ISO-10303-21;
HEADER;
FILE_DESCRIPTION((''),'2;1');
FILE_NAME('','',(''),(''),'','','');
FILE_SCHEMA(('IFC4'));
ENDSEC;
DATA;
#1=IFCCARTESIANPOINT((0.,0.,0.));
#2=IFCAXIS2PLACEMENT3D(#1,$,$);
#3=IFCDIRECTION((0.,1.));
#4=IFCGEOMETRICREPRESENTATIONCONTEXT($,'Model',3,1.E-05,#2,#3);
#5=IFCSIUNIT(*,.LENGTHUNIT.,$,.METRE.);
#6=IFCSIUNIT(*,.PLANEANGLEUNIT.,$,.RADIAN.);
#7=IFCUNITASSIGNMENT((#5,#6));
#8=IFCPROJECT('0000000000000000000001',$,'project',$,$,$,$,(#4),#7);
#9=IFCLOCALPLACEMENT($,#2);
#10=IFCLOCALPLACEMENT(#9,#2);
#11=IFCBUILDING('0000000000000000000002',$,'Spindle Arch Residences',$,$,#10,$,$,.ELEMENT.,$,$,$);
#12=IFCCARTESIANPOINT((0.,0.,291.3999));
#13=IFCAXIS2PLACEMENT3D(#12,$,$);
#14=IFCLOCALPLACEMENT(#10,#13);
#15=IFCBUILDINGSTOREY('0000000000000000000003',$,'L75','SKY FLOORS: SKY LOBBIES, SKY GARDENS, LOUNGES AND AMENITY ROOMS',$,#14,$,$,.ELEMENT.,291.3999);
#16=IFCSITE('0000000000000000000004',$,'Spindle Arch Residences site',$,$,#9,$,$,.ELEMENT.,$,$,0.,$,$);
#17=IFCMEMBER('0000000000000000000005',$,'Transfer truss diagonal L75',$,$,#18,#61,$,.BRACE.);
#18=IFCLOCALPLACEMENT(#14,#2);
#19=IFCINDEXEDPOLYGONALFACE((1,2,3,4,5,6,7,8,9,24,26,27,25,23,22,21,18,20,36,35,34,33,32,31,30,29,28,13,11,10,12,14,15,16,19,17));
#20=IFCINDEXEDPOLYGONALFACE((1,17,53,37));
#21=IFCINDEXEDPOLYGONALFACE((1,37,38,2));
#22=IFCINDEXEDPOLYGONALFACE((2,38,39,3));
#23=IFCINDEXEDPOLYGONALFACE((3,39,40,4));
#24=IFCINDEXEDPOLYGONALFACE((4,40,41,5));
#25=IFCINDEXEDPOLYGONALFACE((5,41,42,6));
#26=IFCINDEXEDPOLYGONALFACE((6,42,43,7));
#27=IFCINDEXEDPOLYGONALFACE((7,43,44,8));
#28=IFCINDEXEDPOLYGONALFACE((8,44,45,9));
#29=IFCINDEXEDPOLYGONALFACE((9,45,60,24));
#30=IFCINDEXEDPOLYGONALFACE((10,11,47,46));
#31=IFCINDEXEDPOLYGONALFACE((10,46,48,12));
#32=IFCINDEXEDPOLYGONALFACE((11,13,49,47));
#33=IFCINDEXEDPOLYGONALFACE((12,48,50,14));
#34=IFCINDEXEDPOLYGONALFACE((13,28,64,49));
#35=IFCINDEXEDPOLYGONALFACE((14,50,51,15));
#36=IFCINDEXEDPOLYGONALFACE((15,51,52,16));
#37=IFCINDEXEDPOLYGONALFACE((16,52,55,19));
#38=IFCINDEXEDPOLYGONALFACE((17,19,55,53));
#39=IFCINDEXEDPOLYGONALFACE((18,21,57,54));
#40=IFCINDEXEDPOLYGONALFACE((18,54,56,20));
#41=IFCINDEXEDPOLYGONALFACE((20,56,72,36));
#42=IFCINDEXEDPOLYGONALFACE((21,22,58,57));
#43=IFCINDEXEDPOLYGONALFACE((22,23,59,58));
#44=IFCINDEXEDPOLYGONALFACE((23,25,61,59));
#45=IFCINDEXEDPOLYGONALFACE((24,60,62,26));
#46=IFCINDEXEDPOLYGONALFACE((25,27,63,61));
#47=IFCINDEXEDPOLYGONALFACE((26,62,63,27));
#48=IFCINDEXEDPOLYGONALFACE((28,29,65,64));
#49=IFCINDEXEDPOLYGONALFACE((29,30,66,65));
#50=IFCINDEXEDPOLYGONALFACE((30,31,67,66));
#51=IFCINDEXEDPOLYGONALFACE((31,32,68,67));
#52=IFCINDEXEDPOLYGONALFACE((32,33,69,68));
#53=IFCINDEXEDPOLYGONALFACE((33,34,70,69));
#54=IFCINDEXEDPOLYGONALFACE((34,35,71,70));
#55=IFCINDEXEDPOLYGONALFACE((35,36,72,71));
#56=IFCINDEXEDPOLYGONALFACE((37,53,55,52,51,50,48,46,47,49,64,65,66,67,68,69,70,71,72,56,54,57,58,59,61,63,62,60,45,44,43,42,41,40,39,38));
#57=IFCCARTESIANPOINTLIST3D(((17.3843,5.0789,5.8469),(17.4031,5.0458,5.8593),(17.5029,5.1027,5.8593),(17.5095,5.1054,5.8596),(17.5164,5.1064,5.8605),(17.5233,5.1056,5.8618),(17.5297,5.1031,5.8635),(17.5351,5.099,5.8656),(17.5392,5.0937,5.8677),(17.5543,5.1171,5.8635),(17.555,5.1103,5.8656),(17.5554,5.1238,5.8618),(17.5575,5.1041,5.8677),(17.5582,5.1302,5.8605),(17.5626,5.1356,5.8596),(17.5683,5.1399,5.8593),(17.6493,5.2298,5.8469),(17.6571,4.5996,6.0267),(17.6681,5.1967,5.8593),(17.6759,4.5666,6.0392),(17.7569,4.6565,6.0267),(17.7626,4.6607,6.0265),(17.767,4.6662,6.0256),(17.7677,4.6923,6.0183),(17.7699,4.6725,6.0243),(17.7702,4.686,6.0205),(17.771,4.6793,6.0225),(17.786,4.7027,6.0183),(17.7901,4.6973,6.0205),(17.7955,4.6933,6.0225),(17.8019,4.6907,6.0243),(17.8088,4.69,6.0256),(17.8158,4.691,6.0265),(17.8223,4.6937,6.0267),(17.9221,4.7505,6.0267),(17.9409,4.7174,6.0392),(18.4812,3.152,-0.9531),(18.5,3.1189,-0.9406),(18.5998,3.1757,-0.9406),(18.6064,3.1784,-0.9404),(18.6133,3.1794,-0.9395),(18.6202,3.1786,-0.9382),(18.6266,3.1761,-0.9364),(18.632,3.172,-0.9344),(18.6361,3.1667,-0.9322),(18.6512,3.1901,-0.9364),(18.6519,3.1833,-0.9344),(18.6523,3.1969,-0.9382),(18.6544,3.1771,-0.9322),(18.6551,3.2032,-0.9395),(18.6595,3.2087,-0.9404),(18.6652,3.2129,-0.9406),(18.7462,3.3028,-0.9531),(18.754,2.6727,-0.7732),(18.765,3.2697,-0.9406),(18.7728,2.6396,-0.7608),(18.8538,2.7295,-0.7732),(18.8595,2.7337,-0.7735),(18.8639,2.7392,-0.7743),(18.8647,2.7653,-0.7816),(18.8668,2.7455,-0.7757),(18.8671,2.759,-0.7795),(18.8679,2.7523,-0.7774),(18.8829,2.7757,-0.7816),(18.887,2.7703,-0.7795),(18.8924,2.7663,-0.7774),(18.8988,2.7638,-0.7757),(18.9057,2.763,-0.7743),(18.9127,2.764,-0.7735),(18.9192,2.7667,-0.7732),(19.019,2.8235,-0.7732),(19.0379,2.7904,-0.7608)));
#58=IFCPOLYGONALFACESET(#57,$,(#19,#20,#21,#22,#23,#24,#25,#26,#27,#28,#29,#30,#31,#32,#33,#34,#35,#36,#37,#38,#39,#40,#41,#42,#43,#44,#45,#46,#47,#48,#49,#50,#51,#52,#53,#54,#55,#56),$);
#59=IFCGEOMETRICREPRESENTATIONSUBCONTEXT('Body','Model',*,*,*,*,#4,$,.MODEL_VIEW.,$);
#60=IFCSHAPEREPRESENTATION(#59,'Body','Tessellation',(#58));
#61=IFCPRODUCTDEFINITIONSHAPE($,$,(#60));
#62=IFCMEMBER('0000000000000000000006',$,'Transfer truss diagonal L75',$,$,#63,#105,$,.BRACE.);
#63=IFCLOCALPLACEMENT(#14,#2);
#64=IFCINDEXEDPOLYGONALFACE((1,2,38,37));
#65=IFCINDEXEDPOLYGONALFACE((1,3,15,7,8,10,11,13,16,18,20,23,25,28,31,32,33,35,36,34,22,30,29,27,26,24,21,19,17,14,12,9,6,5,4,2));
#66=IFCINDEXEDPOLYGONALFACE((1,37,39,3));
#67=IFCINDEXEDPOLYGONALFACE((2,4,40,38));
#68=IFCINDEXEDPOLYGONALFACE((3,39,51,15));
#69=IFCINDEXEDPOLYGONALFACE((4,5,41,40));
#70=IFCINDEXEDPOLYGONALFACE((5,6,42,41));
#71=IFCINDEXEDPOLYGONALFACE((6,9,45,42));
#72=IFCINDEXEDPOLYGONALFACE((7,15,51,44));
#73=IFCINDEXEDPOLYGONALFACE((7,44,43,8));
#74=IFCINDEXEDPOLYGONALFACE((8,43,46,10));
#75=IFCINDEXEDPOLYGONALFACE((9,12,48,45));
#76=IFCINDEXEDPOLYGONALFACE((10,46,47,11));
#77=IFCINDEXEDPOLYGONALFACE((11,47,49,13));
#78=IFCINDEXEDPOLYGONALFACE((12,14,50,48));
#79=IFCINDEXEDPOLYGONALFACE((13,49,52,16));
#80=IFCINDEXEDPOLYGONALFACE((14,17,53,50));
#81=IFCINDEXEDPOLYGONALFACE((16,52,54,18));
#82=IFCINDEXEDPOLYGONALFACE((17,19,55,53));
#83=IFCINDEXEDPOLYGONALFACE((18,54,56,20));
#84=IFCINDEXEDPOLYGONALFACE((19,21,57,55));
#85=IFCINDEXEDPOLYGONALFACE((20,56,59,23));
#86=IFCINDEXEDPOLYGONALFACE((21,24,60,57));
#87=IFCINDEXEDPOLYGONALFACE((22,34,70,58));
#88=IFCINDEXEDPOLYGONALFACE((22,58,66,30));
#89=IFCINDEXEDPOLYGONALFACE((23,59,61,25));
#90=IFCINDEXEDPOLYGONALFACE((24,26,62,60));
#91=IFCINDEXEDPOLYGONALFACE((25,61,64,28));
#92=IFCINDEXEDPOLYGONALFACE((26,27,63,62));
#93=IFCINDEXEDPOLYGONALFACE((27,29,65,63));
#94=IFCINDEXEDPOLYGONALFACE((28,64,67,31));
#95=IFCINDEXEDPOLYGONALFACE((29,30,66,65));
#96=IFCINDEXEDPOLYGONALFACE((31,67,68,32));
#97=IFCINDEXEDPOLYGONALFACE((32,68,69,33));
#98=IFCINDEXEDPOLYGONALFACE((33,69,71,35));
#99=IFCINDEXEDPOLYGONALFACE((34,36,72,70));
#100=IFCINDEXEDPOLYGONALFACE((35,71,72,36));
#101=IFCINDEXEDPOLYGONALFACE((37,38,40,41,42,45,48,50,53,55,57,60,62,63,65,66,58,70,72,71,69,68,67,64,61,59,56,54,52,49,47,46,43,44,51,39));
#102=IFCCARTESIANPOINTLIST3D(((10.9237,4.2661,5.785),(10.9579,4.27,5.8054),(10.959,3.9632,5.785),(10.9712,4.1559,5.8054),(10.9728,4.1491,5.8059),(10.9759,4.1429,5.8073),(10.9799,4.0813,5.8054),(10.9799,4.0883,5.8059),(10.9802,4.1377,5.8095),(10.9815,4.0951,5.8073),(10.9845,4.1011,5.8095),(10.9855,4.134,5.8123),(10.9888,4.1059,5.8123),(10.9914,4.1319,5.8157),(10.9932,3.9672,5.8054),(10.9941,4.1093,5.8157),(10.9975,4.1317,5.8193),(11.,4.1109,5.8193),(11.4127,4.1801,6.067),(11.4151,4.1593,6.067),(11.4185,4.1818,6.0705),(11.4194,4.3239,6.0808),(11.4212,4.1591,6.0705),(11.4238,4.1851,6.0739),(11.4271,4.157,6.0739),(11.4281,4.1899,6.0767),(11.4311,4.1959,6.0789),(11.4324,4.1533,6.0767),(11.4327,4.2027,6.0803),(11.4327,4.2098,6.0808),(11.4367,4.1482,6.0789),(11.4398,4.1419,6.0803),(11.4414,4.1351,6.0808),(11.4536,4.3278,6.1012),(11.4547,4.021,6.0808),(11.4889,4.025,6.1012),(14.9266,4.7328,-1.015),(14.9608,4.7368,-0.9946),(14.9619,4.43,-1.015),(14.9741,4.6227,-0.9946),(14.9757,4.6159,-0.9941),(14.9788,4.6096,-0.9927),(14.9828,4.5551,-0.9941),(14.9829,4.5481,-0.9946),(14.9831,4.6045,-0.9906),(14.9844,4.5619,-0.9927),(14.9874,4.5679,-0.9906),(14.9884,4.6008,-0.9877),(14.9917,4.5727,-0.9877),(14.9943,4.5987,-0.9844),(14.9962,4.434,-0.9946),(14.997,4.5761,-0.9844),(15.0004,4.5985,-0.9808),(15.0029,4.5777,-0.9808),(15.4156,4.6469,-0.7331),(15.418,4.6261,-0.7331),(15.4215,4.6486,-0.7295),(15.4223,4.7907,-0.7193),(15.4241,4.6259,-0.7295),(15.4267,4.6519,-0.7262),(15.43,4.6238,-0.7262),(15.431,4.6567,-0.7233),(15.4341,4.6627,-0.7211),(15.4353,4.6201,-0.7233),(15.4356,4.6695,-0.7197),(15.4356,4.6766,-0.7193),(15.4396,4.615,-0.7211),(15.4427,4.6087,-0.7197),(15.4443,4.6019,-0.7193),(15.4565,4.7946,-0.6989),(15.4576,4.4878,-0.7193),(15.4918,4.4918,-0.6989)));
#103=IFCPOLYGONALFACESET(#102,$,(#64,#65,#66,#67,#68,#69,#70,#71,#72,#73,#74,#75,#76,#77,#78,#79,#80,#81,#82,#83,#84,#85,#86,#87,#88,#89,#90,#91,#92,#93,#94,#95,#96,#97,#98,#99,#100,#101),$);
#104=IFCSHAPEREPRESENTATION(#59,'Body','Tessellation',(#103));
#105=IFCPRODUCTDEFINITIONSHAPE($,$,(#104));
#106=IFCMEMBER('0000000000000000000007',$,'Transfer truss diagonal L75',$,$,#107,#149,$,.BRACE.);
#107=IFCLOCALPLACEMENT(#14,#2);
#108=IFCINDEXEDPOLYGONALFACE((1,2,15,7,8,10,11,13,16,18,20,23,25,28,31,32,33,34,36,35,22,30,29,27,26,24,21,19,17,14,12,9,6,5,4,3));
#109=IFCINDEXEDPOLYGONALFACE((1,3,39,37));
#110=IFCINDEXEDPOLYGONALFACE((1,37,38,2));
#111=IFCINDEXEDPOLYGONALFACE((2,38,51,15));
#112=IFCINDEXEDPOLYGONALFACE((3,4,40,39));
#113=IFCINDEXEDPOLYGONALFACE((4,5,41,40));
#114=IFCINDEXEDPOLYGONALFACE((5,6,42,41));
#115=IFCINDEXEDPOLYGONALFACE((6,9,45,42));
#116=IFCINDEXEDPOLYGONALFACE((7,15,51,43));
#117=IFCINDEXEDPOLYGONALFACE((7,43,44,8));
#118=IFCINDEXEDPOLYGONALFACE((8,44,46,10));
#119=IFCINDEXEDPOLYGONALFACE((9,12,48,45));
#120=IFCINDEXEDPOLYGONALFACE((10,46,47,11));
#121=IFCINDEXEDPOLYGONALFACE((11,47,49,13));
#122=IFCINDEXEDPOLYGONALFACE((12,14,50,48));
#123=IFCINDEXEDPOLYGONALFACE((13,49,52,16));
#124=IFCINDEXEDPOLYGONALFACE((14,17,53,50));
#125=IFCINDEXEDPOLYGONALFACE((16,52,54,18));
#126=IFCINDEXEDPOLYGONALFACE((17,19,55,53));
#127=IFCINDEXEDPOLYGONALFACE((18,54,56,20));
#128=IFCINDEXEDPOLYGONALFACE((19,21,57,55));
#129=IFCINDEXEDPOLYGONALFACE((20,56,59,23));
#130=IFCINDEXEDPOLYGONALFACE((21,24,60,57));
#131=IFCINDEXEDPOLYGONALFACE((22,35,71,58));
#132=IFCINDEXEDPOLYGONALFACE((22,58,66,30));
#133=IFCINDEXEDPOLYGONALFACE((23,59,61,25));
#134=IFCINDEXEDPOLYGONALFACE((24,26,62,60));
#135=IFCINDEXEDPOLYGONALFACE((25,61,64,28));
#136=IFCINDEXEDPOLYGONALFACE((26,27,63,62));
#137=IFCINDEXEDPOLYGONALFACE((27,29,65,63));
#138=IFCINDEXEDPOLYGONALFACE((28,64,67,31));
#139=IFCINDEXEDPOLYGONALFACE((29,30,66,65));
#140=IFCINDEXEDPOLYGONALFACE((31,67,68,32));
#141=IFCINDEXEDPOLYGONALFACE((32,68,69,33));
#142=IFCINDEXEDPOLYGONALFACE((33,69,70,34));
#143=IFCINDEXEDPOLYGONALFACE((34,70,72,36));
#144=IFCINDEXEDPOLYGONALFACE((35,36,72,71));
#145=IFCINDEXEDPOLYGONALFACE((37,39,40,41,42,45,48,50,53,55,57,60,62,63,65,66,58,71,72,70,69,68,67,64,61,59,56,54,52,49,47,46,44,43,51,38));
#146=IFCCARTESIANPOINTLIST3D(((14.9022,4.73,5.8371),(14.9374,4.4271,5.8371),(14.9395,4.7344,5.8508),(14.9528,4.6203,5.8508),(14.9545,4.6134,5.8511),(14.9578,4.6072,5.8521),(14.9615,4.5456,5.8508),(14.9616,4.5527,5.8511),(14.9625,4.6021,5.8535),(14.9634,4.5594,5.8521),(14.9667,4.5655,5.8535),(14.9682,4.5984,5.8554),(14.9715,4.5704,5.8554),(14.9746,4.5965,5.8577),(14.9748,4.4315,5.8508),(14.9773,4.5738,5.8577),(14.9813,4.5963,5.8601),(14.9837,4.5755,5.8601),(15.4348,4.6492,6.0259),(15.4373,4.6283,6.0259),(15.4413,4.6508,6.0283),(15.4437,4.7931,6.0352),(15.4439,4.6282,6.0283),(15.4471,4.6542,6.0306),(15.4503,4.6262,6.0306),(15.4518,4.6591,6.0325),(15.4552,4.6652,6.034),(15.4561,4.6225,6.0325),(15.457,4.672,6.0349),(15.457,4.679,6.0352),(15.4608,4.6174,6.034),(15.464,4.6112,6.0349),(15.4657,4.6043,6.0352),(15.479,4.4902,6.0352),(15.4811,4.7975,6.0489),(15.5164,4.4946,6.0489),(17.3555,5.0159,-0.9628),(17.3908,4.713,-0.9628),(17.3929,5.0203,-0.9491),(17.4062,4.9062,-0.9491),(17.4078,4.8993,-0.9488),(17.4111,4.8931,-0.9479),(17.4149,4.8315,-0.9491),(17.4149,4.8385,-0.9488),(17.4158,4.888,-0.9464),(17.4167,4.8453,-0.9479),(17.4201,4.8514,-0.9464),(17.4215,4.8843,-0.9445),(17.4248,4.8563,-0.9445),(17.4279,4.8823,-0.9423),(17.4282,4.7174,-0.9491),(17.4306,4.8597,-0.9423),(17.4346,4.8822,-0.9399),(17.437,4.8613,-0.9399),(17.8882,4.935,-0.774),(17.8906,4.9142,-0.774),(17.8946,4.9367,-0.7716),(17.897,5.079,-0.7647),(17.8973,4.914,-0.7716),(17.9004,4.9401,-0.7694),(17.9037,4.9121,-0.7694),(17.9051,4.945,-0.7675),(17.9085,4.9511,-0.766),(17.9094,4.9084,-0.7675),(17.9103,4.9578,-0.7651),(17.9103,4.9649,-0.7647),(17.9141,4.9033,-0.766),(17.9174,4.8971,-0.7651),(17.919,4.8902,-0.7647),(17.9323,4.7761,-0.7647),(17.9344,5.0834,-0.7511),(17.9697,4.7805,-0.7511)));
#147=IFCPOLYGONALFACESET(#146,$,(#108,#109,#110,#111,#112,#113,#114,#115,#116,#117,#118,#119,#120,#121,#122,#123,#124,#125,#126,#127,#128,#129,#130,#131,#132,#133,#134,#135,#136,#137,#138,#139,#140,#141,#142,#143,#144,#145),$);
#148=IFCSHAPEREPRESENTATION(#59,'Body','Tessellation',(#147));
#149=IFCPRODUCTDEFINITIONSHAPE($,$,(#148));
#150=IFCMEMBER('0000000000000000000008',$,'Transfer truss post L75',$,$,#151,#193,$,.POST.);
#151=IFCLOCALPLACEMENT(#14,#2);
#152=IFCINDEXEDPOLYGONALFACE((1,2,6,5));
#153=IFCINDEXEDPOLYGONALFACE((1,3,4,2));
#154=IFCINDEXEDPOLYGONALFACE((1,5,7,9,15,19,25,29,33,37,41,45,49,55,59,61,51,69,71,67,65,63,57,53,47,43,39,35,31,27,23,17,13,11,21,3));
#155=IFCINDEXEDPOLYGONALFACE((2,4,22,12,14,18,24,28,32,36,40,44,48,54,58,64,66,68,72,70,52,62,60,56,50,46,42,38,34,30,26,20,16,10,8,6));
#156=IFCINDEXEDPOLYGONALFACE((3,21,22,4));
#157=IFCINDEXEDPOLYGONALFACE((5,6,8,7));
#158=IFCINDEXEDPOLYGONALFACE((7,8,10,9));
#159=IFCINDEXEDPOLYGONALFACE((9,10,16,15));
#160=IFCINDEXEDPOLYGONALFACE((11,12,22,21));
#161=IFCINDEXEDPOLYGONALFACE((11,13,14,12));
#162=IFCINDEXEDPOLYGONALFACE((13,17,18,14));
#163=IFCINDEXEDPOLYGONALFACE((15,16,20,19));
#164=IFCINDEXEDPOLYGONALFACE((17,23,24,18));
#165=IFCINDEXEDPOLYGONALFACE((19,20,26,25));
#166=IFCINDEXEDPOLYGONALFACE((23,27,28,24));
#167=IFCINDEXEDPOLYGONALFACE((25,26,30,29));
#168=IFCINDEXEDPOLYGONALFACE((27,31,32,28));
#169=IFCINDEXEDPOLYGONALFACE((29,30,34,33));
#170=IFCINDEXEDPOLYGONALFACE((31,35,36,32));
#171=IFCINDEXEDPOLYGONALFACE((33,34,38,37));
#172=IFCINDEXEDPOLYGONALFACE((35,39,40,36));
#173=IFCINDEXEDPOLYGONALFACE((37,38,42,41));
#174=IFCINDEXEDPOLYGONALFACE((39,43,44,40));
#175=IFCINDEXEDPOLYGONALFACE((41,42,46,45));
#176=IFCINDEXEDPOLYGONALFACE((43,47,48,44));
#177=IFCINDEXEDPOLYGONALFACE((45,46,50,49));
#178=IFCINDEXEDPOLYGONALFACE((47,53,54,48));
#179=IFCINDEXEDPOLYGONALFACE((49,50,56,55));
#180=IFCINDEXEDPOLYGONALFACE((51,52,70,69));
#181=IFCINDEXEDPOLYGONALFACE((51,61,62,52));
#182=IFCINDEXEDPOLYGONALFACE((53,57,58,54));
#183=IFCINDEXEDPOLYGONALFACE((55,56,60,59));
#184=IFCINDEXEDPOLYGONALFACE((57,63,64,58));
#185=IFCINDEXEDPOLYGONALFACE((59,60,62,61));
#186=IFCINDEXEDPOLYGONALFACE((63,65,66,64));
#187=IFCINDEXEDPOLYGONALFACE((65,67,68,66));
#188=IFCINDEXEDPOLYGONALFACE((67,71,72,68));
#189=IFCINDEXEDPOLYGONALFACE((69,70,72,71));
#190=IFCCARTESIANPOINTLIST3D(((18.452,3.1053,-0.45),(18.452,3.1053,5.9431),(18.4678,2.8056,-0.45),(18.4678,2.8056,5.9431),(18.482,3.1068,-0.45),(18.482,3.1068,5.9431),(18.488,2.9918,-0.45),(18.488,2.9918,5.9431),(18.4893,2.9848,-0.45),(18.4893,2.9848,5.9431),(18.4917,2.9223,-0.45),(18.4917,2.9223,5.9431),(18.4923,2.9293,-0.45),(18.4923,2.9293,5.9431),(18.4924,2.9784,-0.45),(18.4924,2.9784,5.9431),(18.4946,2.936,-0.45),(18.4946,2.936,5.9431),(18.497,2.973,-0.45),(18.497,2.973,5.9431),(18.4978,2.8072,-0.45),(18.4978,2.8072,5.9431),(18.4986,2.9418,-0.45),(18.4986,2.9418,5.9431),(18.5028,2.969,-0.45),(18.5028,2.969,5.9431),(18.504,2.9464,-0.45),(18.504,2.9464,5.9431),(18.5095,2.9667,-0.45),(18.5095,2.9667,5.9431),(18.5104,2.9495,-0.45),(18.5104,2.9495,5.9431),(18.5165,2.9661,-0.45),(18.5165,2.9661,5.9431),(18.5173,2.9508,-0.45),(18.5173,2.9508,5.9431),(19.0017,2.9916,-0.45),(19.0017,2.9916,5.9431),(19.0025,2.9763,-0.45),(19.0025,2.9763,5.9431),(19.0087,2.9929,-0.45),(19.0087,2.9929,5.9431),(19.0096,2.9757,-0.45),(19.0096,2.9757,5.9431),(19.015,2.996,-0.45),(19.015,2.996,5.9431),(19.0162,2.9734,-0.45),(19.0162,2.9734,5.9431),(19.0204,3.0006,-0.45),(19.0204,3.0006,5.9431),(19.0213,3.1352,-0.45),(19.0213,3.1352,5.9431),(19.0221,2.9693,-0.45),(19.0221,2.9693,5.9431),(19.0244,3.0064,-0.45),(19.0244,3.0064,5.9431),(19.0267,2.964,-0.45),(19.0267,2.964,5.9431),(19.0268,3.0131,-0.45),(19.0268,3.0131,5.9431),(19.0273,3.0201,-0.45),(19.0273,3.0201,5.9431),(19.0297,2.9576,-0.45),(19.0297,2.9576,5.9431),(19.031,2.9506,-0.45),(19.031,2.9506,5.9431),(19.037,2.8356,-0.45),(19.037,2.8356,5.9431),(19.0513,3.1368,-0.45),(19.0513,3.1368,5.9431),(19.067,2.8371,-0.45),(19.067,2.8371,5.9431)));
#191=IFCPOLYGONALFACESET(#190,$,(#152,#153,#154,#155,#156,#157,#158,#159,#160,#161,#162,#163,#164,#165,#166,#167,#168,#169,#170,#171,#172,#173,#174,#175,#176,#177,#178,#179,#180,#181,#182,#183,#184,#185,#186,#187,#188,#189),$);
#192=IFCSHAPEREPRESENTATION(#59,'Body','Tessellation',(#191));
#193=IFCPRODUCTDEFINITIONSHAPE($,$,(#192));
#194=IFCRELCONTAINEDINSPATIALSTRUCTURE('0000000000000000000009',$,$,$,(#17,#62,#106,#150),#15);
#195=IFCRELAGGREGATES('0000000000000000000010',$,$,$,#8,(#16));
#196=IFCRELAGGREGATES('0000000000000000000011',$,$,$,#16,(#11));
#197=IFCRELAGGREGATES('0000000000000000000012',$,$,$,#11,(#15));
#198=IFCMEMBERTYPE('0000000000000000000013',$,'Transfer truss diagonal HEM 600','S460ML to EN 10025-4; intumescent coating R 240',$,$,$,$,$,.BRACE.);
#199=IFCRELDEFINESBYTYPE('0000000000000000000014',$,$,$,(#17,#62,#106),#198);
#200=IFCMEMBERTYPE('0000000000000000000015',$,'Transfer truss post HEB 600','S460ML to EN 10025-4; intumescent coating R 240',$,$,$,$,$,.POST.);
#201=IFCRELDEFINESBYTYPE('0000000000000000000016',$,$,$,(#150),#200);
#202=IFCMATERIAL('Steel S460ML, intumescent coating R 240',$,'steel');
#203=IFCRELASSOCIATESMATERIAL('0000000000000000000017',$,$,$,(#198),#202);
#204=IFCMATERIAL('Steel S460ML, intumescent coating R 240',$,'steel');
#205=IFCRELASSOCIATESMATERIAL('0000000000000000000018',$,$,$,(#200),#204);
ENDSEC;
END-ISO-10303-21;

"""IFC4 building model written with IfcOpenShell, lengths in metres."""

from ifc_helpers import new_model, si_unit, direction, frame, origin, origin_2d, place, context, subcontext, project, spatial, i_section, extrude, material, material_profile, profile_set, type_object, element, save


model = new_model("IFC4")

# Units and contexts
model_context = context("Model", 3, precision=1e-05, world=origin(), true_north=direction((0.0, 1.0)))
body_context = subcontext(model_context, "Body", "Model", "MODEL_VIEW")
ifc_project = project(units=[si_unit("LENGTHUNIT", "METRE"), si_unit("PLANEANGLEUNIT", "RADIAN")], contexts=[model_context])

# Site, building, storey
site_placement = place(None, origin())
site = spatial("IfcSite", under=ifc_project, at=site_placement, Name="Spindle Arch Residences site", CompositionType="ELEMENT", RefElevation=0.0)
building_placement = place(site_placement, origin())
building = spatial("IfcBuilding", under=site, at=building_placement, Name="Spindle Arch Residences", CompositionType="ELEMENT")
storey_placement = place(building_placement, frame((0.0, 0.0, 291.3999)))
storey = spatial("IfcBuildingStorey", under=building, at=storey_placement, Name="L75", Description="SKY FLOORS: SKY LOBBIES, SKY GARDENS, LOUNGES AND AMENITY ROOMS", CompositionType="ELEMENT", Elevation=291.3999)

# Members
ifc_material_1 = material(Name="Steel S460ML, intumescent coating R 240", Category="steel")
ifc_material_profile_1 = material_profile(ifc_material_1, i_section(OverallWidth=0.3049, OverallDepth=0.6201, WebThickness=0.021, FlangeThickness=0.04, FilletRadius=0.0271, at=origin_2d()), Name="HEM 600")
ifc_profile_set_1 = profile_set([ifc_material_profile_1], Name="Steel S460ML, intumescent coating R 240")
member_type_1 = type_object("IfcMemberType", Name="Transfer truss diagonal HEM 600", Description="S460ML to EN 10025-4; intumescent coating R 240", PredefinedType="BRACE", material=ifc_profile_set_1)
member_1_placement = place(storey_placement, frame((18.7595, 2.9712, -0.8569), z_axis=(-0.153364, 0.269419, 0.950733), x_axis=(-0.869062, -0.494704, 0.0)))
element("IfcMember", 1, at=member_1_placement, inside=storey, type_object=member_type_1, Name="Transfer truss diagonal L75", PredefinedType="BRACE", context=body_context, shape_type="SweptSolid", body=[
    extrude(i_section(OverallWidth=0.3049, OverallDepth=0.6201, WebThickness=0.021, FlangeThickness=0.04, FilletRadius=0.0271, at=origin_2d()), origin(), (0.0, 0.0, 1.0), 7.1523),
])
member_2_placement = place(storey_placement, frame((15.2092, 4.6123, -0.8569), z_axis=(-0.506408, -0.059054, 0.86027), x_axis=(0.115829, -0.993269, 0.0)))
element("IfcMember", 2, at=member_2_placement, inside=storey, type_object=member_type_1, Name="Transfer truss diagonal L75", PredefinedType="BRACE", context=body_context, shape_type="SweptSolid", body=[
    extrude(i_section(OverallWidth=0.3049, OverallDepth=0.6201, WebThickness=0.021, FlangeThickness=0.04, FilletRadius=0.0271, at=origin_2d()), origin(), (0.0, 0.0, 1.0), 7.9045),
])
member_3_placement = place(storey_placement, frame((17.6626, 4.8982, -0.8569), z_axis=(-0.33911, -0.039516, 0.939917), x_axis=(0.115746, -0.993279, 0.0)))
element("IfcMember", 3, at=member_3_placement, inside=storey, type_object=member_type_1, Name="Transfer truss diagonal L75", PredefinedType="BRACE", context=body_context, shape_type="SweptSolid", body=[
    extrude(i_section(OverallWidth=0.3049, OverallDepth=0.6201, WebThickness=0.021, FlangeThickness=0.04, FilletRadius=0.0271, at=origin_2d()), origin(), (0.0, 0.0, 1.0), 7.2346),
])
ifc_material_2 = material(Name="Steel S460ML, intumescent coating R 240", Category="steel")
ifc_material_profile_2 = material_profile(ifc_material_2, i_section(OverallWidth=0.3, OverallDepth=0.6001, WebThickness=0.0154, FlangeThickness=0.03, FilletRadius=0.0271, at=origin_2d()), Name="HEB 600")
ifc_profile_set_2 = profile_set([ifc_material_profile_2], Name="Steel S460ML, intumescent coating R 240")
member_type_2 = type_object("IfcMemberType", Name="Transfer truss post HEB 600", Description="S460ML to EN 10025-4; intumescent coating R 240", PredefinedType="POST", material=ifc_profile_set_2)
member_4_placement = place(storey_placement, frame((18.7595, 2.9712, -0.45), z_axis=(0.0, 0.0, 1.0), x_axis=(0.052512, -0.99862, 0.0)))
element("IfcMember", 4, at=member_4_placement, inside=storey, type_object=member_type_2, Name="Transfer truss post L75", PredefinedType="POST", context=body_context, shape_type="SweptSolid", body=[
    extrude(i_section(OverallWidth=0.3, OverallDepth=0.6001, WebThickness=0.0154, FlangeThickness=0.03, FilletRadius=0.0271, at=origin_2d()), origin(), (0.0, 0.0, 1.0), 6.3931),
])

save(model, "model.ifc")
